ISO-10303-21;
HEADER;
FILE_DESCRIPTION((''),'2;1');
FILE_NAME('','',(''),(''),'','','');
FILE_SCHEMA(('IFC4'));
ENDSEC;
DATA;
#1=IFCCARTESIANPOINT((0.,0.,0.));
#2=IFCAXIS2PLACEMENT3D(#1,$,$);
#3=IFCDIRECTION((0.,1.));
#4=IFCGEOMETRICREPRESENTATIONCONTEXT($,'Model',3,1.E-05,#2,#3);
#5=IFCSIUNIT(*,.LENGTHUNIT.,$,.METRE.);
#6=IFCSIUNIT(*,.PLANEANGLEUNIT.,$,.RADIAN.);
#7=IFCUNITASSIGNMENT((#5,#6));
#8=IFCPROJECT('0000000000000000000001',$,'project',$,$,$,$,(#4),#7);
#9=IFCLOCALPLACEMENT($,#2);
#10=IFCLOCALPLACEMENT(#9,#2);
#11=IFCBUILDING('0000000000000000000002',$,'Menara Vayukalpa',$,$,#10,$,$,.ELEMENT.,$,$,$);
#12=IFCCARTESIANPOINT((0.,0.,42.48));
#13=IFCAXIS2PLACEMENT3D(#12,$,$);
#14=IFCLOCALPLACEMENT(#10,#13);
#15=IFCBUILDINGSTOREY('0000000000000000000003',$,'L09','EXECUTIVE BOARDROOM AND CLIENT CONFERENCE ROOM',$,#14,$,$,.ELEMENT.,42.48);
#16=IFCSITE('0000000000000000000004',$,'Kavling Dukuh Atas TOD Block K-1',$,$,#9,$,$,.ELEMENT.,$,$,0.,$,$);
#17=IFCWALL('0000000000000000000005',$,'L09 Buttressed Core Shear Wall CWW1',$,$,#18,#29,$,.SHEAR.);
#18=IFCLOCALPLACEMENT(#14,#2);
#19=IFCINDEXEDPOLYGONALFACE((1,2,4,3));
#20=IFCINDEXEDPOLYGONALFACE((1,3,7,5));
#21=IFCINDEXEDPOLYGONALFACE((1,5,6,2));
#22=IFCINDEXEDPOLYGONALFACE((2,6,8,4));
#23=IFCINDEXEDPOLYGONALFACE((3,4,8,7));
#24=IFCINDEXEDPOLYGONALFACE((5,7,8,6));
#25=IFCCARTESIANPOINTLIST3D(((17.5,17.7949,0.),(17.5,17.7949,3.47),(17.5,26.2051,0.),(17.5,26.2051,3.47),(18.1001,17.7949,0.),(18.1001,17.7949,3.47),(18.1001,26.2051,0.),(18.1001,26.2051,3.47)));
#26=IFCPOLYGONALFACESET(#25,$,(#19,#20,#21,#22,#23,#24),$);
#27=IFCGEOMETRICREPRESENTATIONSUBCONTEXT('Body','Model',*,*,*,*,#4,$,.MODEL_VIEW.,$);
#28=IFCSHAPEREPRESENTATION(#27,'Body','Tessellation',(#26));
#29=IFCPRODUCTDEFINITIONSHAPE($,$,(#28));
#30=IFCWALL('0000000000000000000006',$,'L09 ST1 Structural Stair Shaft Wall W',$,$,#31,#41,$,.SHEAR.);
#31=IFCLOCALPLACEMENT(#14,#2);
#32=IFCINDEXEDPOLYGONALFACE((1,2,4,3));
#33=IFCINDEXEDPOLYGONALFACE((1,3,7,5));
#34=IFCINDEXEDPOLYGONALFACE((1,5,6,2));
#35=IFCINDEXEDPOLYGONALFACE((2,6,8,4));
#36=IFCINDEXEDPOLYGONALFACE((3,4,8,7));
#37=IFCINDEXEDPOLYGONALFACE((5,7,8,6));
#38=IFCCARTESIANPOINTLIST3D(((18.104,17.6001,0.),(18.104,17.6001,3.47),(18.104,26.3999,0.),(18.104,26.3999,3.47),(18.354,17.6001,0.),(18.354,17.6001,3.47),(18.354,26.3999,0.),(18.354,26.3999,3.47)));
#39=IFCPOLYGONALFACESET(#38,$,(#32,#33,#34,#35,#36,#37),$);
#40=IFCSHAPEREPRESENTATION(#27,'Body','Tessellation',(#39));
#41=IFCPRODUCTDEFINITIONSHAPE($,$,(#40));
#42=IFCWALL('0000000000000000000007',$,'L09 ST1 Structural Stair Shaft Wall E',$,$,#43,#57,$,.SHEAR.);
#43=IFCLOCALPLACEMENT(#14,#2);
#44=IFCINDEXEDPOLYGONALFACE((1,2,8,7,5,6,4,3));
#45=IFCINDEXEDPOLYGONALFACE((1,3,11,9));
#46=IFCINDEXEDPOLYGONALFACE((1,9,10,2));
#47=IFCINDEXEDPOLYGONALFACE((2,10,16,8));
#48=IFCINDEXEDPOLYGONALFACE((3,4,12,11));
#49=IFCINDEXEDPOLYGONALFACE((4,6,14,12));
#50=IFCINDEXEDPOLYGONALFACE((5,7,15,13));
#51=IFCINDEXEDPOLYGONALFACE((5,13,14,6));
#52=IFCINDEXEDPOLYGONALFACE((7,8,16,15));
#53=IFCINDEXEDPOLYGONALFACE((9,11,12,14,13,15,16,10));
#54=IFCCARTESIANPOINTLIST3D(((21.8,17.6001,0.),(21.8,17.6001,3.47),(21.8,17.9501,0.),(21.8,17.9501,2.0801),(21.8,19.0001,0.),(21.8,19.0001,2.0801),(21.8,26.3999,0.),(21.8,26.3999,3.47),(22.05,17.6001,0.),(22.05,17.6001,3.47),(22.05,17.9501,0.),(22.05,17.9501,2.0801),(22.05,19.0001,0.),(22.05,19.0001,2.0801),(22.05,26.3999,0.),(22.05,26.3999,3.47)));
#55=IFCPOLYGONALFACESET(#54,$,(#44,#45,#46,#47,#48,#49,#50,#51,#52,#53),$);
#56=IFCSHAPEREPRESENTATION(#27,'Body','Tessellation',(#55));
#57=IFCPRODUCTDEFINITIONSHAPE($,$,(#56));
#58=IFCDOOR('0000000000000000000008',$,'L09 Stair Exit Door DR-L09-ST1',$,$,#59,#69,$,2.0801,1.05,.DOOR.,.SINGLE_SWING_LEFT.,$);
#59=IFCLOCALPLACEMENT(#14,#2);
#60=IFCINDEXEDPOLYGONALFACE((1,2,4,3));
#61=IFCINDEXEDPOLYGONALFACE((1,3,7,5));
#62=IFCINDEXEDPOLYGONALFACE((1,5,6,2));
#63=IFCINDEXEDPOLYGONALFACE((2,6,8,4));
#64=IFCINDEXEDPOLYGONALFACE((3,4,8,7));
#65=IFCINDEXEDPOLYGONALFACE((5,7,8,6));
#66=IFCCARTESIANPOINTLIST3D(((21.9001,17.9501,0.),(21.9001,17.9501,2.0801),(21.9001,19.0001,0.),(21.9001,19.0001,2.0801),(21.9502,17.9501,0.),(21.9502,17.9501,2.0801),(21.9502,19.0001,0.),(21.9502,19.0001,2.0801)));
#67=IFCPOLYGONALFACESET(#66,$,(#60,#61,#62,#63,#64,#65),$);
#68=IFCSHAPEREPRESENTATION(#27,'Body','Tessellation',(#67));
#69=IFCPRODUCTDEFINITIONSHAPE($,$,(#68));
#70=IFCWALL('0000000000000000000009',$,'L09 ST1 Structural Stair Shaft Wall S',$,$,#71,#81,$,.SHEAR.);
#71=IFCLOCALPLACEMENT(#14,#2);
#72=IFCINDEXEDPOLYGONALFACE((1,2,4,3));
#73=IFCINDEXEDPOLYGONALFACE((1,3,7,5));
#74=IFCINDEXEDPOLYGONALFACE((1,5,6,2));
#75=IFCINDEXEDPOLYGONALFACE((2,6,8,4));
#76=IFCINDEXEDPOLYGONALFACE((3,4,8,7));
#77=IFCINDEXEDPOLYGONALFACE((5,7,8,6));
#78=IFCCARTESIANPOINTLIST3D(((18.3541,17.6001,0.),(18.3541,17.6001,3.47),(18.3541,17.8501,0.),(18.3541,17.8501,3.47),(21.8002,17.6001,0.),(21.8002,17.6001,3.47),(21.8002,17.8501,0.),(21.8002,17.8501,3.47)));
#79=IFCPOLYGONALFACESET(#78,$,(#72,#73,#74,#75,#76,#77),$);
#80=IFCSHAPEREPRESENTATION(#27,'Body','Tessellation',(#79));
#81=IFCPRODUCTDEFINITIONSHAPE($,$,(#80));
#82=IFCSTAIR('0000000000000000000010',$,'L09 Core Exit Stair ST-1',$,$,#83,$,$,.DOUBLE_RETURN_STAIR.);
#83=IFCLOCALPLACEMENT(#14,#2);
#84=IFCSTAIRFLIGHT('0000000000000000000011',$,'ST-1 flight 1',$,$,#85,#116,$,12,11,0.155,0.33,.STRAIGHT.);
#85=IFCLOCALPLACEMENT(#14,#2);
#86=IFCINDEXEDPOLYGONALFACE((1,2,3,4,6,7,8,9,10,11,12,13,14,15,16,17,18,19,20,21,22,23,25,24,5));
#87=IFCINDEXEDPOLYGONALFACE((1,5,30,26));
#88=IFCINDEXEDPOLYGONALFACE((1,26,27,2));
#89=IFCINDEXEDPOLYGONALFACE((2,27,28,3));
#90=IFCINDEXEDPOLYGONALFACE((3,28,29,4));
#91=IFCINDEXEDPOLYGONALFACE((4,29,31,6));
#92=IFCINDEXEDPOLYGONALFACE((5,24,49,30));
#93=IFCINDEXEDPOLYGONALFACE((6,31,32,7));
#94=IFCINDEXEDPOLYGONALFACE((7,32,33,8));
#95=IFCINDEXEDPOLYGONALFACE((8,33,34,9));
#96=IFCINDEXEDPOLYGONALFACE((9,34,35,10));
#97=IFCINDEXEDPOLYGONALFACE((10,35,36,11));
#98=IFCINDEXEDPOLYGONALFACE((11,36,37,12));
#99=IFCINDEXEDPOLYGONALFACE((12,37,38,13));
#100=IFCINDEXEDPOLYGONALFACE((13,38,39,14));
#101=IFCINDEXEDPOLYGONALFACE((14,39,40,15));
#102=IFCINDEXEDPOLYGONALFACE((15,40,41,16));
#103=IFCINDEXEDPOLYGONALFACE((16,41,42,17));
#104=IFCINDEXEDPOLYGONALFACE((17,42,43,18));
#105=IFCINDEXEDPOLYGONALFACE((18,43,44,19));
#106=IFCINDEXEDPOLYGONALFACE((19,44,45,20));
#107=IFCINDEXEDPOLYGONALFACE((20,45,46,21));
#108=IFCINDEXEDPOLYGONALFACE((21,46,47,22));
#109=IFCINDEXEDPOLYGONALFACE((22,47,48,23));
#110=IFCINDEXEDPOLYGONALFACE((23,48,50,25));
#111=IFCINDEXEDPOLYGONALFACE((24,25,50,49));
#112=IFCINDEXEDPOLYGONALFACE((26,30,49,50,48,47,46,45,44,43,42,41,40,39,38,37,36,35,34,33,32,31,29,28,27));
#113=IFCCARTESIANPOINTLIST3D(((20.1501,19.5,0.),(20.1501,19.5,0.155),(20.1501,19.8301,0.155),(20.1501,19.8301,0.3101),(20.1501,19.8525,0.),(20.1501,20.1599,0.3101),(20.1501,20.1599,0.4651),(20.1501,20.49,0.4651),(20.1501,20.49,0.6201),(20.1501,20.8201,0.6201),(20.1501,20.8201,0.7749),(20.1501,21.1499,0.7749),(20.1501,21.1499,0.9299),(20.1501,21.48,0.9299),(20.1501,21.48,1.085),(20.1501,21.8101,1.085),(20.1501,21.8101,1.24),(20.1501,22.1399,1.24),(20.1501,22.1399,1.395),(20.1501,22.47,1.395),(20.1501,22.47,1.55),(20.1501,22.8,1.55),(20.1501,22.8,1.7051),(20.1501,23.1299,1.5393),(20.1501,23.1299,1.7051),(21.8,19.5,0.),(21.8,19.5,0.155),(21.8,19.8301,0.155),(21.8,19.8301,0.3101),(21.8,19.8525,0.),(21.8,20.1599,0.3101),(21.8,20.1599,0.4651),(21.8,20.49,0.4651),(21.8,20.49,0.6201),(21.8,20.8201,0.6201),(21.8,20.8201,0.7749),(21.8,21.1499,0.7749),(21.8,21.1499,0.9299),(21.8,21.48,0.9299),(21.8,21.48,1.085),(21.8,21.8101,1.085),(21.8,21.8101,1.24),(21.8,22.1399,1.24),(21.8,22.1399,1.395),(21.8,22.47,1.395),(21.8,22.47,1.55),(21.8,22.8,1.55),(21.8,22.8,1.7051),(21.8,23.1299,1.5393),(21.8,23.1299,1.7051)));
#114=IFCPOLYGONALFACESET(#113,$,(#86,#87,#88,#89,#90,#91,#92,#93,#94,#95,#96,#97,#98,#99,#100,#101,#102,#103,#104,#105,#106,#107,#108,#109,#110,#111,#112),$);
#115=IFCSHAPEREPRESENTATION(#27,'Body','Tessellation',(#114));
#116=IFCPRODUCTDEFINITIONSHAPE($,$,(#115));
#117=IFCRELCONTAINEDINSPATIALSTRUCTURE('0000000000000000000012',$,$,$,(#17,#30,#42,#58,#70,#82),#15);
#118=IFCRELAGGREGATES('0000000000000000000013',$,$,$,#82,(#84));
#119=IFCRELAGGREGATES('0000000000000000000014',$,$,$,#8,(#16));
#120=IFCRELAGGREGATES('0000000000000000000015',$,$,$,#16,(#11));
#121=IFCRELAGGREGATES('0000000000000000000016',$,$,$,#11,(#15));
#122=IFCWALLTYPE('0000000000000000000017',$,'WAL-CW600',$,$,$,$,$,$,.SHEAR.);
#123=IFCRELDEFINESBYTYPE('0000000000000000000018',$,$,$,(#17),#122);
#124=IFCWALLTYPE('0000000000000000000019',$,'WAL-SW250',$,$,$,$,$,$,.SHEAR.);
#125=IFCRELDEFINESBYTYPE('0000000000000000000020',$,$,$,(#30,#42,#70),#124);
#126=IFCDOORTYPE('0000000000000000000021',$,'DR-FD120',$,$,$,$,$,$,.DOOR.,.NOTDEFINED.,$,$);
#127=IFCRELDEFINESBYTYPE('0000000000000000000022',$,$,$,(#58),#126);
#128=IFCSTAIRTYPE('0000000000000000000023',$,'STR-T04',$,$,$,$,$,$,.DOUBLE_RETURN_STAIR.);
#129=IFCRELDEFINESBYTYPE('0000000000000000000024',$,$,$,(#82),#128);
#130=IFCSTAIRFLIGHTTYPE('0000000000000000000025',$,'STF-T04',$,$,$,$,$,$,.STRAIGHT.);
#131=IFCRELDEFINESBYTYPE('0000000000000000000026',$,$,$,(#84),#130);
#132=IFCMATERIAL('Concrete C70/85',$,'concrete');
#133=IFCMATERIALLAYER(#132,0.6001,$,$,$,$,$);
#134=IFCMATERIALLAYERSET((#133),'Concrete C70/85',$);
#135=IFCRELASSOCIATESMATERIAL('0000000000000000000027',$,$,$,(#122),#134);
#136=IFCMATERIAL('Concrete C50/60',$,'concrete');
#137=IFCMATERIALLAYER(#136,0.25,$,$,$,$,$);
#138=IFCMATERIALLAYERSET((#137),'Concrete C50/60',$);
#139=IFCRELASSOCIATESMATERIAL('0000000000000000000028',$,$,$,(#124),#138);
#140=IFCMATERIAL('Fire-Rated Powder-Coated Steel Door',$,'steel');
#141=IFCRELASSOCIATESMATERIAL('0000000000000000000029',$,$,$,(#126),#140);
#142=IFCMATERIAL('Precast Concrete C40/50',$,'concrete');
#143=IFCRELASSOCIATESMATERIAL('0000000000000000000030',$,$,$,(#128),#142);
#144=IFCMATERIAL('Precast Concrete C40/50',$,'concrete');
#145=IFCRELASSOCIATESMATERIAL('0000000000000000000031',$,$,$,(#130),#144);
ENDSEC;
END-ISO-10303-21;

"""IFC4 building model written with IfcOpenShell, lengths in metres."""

from ifc_helpers import new_model, si_unit, direction, frame, frame_2d, origin, place, context, subcontext, project, spatial, polyline, rectangle, outline, extrude, material, layer, layer_set, type_object, element, fill, aggregate, save


model = new_model("IFC4")

# Units and contexts
model_context = context("Model", 3, precision=1e-05, world=origin(), true_north=direction((0.0, 1.0)))
body_context = subcontext(model_context, "Body", "Model", "MODEL_VIEW")
ifc_project = project(units=[si_unit("LENGTHUNIT", "METRE"), si_unit("PLANEANGLEUNIT", "RADIAN")], contexts=[model_context])

# Site, building, storey
site_placement = place(None, origin())
site = spatial("IfcSite", under=ifc_project, at=site_placement, Name="Kavling Dukuh Atas TOD Block K-1", CompositionType="ELEMENT", RefElevation=0.0)
building_placement = place(site_placement, origin())
building = spatial("IfcBuilding", under=site, at=building_placement, Name="Menara Vayukalpa", CompositionType="ELEMENT")
storey_placement = place(building_placement, frame((0.0, 0.0, 42.48)))
storey = spatial("IfcBuildingStorey", under=building, at=storey_placement, Name="L09", Description="EXECUTIVE BOARDROOM AND CLIENT CONFERENCE ROOM", CompositionType="ELEMENT", Elevation=42.48)

# Walls
ifc_material_1 = material(Name="Concrete C70/85", Category="concrete")
ifc_layer_1 = layer(ifc_material_1, 0.6001)
ifc_layer_set_1 = layer_set([ifc_layer_1], Name="Concrete C70/85")
wall_type_1 = type_object("IfcWallType", Name="WAL-CW600", PredefinedType="SHEAR", material=ifc_layer_set_1)
wall_1_placement = place(storey_placement, frame((17.8, 17.7949, 0.0), z_axis=(0.0, 0.0, 1.0), x_axis=(0.0, 1.0, 0.0)))
element("IfcWall", 1, at=wall_1_placement, inside=storey, type_object=wall_type_1, Name="L09 Buttressed Core Shear Wall CWW1", PredefinedType="SHEAR", context=body_context, shape_type="SweptSolid", body=[
    extrude(rectangle(XDim=8.4102, YDim=0.6001, at=frame_2d((4.2051, 0.0))), origin(), (0.0, 0.0, 1.0), 3.47),
])
ifc_material_2 = material(Name="Concrete C50/60", Category="concrete")
ifc_layer_2 = layer(ifc_material_2, 0.25)
ifc_layer_set_2 = layer_set([ifc_layer_2], Name="Concrete C50/60")
wall_type_2 = type_object("IfcWallType", Name="WAL-SW250", PredefinedType="SHEAR", material=ifc_layer_set_2)
wall_2_placement = place(storey_placement, frame((18.229, 17.6001, 0.0), z_axis=(0.0, 0.0, 1.0), x_axis=(0.0, 1.0, 0.0)))
element("IfcWall", 2, at=wall_2_placement, inside=storey, type_object=wall_type_2, Name="L09 ST1 Structural Stair Shaft Wall W", PredefinedType="SHEAR", context=body_context, shape_type="SweptSolid", body=[
    extrude(rectangle(XDim=8.7998, YDim=0.25, at=frame_2d((4.3999, 0.0))), origin(), (0.0, 0.0, 1.0), 3.47),
])

# Wall, opening, door
wall_3_placement = place(storey_placement, frame((21.925, 17.6001, 0.0), z_axis=(0.0, 0.0, 1.0), x_axis=(0.0, 1.0, 0.0)))
wall_3 = element("IfcWall", 3, at=wall_3_placement, inside=storey, type_object=wall_type_2, Name="L09 ST1 Structural Stair Shaft Wall E", PredefinedType="SHEAR", context=body_context, shape_type="SweptSolid", body=[
    extrude(rectangle(XDim=8.7998, YDim=0.25, at=frame_2d((4.3999, 0.0))), origin(), (0.0, 0.0, 1.0), 3.47),
])
opening_placement = place(wall_3_placement, frame((0.3501, 0.0, 0.0)))
opening = element("IfcOpeningElement", 4, at=opening_placement, cuts=wall_3, PredefinedType="OPENING", context=body_context, shape_type="SweptSolid", body=[
    extrude(rectangle(XDim=1.05, YDim=2.0801, at=frame_2d((0.5249, 1.04))), frame((0.0, 0.135, 0.0), z_axis=(0.0, -1.0, 0.0), x_axis=(1.0, 0.0, 0.0)), (0.0, 0.0, 1.0), 0.27),
])
ifc_material_3 = material(Name="Fire-Rated Powder-Coated Steel Door", Category="steel")
door_type = type_object("IfcDoorType", Name="DR-FD120", OperationType="NOTDEFINED", PredefinedType="DOOR", material=ifc_material_3)
door_placement = place(opening_placement, origin())
door = element("IfcDoor", 5, at=door_placement, inside=storey, type_object=door_type, Name="L09 Stair Exit Door DR-L09-ST1", OperationType="SINGLE_SWING_LEFT", OverallHeight=2.0801, OverallWidth=1.05, PredefinedType="DOOR", context=body_context, shape_type="SweptSolid", body=[
    extrude(rectangle(XDim=1.05, YDim=2.0801, at=frame_2d((0.5249, 1.04))), frame((0.0, 0.0249, 0.0), z_axis=(0.0, -1.0, 0.0), x_axis=(1.0, 0.0, 0.0)), (0.0, 0.0, 1.0), 0.05),
])
fill(opening, door)

# Wall
wall_4_placement = place(storey_placement, frame((18.354, 17.7251, 0.0), z_axis=(0.0, 0.0, 1.0), x_axis=(1.0, 0.0, 0.0)))
element("IfcWall", 6, at=wall_4_placement, inside=storey, type_object=wall_type_2, Name="L09 ST1 Structural Stair Shaft Wall S", PredefinedType="SHEAR", context=body_context, shape_type="SweptSolid", body=[
    extrude(rectangle(XDim=3.446, YDim=0.25, at=frame_2d((1.7231, 0.0))), origin(), (0.0, 0.0, 1.0), 3.47),
])

# Stair, stair flight
ifc_material_4 = material(Name="Precast Concrete C40/50", Category="concrete")
stair_type = type_object("IfcStairType", Name="STR-T04", PredefinedType="DOUBLE_RETURN_STAIR", material=ifc_material_4)
stair_placement = place(storey_placement, origin())
stair = element("IfcStair", 7, at=stair_placement, inside=storey, type_object=stair_type, Name="L09 Core Exit Stair ST-1", PredefinedType="DOUBLE_RETURN_STAIR")
ifc_material_5 = material(Name="Precast Concrete C40/50", Category="concrete")
stair_flight_type = type_object("IfcStairFlightType", Name="STF-T04", PredefinedType="STRAIGHT", material=ifc_material_5)
stair_flight_placement = place(storey_placement, frame((20.9751, 19.5, 0.0), z_axis=(0.0, 0.0, 1.0), x_axis=(0.0, 1.0, 0.0)))
stair_flight = element("IfcStairFlight", 8, at=stair_flight_placement, type_object=stair_flight_type, Name="ST-1 flight 1", NumberOfRisers=12, NumberOfTreads=11, PredefinedType="STRAIGHT", RiserHeight=0.155, TreadLength=0.33, context=body_context, shape_type="SweptSolid", body=[
    extrude(outline(polyline([(0.0, 0.0), (0.0, 0.155), (0.3301, 0.155), (0.3301, 0.3101), (0.6599, 0.3101), (0.6599, 0.4651), (0.99, 0.4651), (0.99, 0.6201), (1.3201, 0.6201), (1.3201, 0.7749), (1.6499, 0.7749), (1.6499, 0.9299), (1.98, 0.9299), (1.98, 1.085), (2.3101, 1.085), (2.3101, 1.24), (2.6399, 1.24), (2.6399, 1.395), (2.97, 1.395), (2.97, 1.55), (3.3, 1.55), (3.3, 1.7051), (3.6299, 1.7051), (3.6299, 1.8601), (3.6299, 1.5393), (0.3525, 0.0), (0.0, 0.0)])), frame((0.0, 0.825, 0.0), z_axis=(0.0, -1.0, 0.0), x_axis=(1.0, 0.0, 0.0)), (0.0, 0.0, 1.0), 1.6499),
])
aggregate(stair, [stair_flight])

save(model, "model.ifc")
